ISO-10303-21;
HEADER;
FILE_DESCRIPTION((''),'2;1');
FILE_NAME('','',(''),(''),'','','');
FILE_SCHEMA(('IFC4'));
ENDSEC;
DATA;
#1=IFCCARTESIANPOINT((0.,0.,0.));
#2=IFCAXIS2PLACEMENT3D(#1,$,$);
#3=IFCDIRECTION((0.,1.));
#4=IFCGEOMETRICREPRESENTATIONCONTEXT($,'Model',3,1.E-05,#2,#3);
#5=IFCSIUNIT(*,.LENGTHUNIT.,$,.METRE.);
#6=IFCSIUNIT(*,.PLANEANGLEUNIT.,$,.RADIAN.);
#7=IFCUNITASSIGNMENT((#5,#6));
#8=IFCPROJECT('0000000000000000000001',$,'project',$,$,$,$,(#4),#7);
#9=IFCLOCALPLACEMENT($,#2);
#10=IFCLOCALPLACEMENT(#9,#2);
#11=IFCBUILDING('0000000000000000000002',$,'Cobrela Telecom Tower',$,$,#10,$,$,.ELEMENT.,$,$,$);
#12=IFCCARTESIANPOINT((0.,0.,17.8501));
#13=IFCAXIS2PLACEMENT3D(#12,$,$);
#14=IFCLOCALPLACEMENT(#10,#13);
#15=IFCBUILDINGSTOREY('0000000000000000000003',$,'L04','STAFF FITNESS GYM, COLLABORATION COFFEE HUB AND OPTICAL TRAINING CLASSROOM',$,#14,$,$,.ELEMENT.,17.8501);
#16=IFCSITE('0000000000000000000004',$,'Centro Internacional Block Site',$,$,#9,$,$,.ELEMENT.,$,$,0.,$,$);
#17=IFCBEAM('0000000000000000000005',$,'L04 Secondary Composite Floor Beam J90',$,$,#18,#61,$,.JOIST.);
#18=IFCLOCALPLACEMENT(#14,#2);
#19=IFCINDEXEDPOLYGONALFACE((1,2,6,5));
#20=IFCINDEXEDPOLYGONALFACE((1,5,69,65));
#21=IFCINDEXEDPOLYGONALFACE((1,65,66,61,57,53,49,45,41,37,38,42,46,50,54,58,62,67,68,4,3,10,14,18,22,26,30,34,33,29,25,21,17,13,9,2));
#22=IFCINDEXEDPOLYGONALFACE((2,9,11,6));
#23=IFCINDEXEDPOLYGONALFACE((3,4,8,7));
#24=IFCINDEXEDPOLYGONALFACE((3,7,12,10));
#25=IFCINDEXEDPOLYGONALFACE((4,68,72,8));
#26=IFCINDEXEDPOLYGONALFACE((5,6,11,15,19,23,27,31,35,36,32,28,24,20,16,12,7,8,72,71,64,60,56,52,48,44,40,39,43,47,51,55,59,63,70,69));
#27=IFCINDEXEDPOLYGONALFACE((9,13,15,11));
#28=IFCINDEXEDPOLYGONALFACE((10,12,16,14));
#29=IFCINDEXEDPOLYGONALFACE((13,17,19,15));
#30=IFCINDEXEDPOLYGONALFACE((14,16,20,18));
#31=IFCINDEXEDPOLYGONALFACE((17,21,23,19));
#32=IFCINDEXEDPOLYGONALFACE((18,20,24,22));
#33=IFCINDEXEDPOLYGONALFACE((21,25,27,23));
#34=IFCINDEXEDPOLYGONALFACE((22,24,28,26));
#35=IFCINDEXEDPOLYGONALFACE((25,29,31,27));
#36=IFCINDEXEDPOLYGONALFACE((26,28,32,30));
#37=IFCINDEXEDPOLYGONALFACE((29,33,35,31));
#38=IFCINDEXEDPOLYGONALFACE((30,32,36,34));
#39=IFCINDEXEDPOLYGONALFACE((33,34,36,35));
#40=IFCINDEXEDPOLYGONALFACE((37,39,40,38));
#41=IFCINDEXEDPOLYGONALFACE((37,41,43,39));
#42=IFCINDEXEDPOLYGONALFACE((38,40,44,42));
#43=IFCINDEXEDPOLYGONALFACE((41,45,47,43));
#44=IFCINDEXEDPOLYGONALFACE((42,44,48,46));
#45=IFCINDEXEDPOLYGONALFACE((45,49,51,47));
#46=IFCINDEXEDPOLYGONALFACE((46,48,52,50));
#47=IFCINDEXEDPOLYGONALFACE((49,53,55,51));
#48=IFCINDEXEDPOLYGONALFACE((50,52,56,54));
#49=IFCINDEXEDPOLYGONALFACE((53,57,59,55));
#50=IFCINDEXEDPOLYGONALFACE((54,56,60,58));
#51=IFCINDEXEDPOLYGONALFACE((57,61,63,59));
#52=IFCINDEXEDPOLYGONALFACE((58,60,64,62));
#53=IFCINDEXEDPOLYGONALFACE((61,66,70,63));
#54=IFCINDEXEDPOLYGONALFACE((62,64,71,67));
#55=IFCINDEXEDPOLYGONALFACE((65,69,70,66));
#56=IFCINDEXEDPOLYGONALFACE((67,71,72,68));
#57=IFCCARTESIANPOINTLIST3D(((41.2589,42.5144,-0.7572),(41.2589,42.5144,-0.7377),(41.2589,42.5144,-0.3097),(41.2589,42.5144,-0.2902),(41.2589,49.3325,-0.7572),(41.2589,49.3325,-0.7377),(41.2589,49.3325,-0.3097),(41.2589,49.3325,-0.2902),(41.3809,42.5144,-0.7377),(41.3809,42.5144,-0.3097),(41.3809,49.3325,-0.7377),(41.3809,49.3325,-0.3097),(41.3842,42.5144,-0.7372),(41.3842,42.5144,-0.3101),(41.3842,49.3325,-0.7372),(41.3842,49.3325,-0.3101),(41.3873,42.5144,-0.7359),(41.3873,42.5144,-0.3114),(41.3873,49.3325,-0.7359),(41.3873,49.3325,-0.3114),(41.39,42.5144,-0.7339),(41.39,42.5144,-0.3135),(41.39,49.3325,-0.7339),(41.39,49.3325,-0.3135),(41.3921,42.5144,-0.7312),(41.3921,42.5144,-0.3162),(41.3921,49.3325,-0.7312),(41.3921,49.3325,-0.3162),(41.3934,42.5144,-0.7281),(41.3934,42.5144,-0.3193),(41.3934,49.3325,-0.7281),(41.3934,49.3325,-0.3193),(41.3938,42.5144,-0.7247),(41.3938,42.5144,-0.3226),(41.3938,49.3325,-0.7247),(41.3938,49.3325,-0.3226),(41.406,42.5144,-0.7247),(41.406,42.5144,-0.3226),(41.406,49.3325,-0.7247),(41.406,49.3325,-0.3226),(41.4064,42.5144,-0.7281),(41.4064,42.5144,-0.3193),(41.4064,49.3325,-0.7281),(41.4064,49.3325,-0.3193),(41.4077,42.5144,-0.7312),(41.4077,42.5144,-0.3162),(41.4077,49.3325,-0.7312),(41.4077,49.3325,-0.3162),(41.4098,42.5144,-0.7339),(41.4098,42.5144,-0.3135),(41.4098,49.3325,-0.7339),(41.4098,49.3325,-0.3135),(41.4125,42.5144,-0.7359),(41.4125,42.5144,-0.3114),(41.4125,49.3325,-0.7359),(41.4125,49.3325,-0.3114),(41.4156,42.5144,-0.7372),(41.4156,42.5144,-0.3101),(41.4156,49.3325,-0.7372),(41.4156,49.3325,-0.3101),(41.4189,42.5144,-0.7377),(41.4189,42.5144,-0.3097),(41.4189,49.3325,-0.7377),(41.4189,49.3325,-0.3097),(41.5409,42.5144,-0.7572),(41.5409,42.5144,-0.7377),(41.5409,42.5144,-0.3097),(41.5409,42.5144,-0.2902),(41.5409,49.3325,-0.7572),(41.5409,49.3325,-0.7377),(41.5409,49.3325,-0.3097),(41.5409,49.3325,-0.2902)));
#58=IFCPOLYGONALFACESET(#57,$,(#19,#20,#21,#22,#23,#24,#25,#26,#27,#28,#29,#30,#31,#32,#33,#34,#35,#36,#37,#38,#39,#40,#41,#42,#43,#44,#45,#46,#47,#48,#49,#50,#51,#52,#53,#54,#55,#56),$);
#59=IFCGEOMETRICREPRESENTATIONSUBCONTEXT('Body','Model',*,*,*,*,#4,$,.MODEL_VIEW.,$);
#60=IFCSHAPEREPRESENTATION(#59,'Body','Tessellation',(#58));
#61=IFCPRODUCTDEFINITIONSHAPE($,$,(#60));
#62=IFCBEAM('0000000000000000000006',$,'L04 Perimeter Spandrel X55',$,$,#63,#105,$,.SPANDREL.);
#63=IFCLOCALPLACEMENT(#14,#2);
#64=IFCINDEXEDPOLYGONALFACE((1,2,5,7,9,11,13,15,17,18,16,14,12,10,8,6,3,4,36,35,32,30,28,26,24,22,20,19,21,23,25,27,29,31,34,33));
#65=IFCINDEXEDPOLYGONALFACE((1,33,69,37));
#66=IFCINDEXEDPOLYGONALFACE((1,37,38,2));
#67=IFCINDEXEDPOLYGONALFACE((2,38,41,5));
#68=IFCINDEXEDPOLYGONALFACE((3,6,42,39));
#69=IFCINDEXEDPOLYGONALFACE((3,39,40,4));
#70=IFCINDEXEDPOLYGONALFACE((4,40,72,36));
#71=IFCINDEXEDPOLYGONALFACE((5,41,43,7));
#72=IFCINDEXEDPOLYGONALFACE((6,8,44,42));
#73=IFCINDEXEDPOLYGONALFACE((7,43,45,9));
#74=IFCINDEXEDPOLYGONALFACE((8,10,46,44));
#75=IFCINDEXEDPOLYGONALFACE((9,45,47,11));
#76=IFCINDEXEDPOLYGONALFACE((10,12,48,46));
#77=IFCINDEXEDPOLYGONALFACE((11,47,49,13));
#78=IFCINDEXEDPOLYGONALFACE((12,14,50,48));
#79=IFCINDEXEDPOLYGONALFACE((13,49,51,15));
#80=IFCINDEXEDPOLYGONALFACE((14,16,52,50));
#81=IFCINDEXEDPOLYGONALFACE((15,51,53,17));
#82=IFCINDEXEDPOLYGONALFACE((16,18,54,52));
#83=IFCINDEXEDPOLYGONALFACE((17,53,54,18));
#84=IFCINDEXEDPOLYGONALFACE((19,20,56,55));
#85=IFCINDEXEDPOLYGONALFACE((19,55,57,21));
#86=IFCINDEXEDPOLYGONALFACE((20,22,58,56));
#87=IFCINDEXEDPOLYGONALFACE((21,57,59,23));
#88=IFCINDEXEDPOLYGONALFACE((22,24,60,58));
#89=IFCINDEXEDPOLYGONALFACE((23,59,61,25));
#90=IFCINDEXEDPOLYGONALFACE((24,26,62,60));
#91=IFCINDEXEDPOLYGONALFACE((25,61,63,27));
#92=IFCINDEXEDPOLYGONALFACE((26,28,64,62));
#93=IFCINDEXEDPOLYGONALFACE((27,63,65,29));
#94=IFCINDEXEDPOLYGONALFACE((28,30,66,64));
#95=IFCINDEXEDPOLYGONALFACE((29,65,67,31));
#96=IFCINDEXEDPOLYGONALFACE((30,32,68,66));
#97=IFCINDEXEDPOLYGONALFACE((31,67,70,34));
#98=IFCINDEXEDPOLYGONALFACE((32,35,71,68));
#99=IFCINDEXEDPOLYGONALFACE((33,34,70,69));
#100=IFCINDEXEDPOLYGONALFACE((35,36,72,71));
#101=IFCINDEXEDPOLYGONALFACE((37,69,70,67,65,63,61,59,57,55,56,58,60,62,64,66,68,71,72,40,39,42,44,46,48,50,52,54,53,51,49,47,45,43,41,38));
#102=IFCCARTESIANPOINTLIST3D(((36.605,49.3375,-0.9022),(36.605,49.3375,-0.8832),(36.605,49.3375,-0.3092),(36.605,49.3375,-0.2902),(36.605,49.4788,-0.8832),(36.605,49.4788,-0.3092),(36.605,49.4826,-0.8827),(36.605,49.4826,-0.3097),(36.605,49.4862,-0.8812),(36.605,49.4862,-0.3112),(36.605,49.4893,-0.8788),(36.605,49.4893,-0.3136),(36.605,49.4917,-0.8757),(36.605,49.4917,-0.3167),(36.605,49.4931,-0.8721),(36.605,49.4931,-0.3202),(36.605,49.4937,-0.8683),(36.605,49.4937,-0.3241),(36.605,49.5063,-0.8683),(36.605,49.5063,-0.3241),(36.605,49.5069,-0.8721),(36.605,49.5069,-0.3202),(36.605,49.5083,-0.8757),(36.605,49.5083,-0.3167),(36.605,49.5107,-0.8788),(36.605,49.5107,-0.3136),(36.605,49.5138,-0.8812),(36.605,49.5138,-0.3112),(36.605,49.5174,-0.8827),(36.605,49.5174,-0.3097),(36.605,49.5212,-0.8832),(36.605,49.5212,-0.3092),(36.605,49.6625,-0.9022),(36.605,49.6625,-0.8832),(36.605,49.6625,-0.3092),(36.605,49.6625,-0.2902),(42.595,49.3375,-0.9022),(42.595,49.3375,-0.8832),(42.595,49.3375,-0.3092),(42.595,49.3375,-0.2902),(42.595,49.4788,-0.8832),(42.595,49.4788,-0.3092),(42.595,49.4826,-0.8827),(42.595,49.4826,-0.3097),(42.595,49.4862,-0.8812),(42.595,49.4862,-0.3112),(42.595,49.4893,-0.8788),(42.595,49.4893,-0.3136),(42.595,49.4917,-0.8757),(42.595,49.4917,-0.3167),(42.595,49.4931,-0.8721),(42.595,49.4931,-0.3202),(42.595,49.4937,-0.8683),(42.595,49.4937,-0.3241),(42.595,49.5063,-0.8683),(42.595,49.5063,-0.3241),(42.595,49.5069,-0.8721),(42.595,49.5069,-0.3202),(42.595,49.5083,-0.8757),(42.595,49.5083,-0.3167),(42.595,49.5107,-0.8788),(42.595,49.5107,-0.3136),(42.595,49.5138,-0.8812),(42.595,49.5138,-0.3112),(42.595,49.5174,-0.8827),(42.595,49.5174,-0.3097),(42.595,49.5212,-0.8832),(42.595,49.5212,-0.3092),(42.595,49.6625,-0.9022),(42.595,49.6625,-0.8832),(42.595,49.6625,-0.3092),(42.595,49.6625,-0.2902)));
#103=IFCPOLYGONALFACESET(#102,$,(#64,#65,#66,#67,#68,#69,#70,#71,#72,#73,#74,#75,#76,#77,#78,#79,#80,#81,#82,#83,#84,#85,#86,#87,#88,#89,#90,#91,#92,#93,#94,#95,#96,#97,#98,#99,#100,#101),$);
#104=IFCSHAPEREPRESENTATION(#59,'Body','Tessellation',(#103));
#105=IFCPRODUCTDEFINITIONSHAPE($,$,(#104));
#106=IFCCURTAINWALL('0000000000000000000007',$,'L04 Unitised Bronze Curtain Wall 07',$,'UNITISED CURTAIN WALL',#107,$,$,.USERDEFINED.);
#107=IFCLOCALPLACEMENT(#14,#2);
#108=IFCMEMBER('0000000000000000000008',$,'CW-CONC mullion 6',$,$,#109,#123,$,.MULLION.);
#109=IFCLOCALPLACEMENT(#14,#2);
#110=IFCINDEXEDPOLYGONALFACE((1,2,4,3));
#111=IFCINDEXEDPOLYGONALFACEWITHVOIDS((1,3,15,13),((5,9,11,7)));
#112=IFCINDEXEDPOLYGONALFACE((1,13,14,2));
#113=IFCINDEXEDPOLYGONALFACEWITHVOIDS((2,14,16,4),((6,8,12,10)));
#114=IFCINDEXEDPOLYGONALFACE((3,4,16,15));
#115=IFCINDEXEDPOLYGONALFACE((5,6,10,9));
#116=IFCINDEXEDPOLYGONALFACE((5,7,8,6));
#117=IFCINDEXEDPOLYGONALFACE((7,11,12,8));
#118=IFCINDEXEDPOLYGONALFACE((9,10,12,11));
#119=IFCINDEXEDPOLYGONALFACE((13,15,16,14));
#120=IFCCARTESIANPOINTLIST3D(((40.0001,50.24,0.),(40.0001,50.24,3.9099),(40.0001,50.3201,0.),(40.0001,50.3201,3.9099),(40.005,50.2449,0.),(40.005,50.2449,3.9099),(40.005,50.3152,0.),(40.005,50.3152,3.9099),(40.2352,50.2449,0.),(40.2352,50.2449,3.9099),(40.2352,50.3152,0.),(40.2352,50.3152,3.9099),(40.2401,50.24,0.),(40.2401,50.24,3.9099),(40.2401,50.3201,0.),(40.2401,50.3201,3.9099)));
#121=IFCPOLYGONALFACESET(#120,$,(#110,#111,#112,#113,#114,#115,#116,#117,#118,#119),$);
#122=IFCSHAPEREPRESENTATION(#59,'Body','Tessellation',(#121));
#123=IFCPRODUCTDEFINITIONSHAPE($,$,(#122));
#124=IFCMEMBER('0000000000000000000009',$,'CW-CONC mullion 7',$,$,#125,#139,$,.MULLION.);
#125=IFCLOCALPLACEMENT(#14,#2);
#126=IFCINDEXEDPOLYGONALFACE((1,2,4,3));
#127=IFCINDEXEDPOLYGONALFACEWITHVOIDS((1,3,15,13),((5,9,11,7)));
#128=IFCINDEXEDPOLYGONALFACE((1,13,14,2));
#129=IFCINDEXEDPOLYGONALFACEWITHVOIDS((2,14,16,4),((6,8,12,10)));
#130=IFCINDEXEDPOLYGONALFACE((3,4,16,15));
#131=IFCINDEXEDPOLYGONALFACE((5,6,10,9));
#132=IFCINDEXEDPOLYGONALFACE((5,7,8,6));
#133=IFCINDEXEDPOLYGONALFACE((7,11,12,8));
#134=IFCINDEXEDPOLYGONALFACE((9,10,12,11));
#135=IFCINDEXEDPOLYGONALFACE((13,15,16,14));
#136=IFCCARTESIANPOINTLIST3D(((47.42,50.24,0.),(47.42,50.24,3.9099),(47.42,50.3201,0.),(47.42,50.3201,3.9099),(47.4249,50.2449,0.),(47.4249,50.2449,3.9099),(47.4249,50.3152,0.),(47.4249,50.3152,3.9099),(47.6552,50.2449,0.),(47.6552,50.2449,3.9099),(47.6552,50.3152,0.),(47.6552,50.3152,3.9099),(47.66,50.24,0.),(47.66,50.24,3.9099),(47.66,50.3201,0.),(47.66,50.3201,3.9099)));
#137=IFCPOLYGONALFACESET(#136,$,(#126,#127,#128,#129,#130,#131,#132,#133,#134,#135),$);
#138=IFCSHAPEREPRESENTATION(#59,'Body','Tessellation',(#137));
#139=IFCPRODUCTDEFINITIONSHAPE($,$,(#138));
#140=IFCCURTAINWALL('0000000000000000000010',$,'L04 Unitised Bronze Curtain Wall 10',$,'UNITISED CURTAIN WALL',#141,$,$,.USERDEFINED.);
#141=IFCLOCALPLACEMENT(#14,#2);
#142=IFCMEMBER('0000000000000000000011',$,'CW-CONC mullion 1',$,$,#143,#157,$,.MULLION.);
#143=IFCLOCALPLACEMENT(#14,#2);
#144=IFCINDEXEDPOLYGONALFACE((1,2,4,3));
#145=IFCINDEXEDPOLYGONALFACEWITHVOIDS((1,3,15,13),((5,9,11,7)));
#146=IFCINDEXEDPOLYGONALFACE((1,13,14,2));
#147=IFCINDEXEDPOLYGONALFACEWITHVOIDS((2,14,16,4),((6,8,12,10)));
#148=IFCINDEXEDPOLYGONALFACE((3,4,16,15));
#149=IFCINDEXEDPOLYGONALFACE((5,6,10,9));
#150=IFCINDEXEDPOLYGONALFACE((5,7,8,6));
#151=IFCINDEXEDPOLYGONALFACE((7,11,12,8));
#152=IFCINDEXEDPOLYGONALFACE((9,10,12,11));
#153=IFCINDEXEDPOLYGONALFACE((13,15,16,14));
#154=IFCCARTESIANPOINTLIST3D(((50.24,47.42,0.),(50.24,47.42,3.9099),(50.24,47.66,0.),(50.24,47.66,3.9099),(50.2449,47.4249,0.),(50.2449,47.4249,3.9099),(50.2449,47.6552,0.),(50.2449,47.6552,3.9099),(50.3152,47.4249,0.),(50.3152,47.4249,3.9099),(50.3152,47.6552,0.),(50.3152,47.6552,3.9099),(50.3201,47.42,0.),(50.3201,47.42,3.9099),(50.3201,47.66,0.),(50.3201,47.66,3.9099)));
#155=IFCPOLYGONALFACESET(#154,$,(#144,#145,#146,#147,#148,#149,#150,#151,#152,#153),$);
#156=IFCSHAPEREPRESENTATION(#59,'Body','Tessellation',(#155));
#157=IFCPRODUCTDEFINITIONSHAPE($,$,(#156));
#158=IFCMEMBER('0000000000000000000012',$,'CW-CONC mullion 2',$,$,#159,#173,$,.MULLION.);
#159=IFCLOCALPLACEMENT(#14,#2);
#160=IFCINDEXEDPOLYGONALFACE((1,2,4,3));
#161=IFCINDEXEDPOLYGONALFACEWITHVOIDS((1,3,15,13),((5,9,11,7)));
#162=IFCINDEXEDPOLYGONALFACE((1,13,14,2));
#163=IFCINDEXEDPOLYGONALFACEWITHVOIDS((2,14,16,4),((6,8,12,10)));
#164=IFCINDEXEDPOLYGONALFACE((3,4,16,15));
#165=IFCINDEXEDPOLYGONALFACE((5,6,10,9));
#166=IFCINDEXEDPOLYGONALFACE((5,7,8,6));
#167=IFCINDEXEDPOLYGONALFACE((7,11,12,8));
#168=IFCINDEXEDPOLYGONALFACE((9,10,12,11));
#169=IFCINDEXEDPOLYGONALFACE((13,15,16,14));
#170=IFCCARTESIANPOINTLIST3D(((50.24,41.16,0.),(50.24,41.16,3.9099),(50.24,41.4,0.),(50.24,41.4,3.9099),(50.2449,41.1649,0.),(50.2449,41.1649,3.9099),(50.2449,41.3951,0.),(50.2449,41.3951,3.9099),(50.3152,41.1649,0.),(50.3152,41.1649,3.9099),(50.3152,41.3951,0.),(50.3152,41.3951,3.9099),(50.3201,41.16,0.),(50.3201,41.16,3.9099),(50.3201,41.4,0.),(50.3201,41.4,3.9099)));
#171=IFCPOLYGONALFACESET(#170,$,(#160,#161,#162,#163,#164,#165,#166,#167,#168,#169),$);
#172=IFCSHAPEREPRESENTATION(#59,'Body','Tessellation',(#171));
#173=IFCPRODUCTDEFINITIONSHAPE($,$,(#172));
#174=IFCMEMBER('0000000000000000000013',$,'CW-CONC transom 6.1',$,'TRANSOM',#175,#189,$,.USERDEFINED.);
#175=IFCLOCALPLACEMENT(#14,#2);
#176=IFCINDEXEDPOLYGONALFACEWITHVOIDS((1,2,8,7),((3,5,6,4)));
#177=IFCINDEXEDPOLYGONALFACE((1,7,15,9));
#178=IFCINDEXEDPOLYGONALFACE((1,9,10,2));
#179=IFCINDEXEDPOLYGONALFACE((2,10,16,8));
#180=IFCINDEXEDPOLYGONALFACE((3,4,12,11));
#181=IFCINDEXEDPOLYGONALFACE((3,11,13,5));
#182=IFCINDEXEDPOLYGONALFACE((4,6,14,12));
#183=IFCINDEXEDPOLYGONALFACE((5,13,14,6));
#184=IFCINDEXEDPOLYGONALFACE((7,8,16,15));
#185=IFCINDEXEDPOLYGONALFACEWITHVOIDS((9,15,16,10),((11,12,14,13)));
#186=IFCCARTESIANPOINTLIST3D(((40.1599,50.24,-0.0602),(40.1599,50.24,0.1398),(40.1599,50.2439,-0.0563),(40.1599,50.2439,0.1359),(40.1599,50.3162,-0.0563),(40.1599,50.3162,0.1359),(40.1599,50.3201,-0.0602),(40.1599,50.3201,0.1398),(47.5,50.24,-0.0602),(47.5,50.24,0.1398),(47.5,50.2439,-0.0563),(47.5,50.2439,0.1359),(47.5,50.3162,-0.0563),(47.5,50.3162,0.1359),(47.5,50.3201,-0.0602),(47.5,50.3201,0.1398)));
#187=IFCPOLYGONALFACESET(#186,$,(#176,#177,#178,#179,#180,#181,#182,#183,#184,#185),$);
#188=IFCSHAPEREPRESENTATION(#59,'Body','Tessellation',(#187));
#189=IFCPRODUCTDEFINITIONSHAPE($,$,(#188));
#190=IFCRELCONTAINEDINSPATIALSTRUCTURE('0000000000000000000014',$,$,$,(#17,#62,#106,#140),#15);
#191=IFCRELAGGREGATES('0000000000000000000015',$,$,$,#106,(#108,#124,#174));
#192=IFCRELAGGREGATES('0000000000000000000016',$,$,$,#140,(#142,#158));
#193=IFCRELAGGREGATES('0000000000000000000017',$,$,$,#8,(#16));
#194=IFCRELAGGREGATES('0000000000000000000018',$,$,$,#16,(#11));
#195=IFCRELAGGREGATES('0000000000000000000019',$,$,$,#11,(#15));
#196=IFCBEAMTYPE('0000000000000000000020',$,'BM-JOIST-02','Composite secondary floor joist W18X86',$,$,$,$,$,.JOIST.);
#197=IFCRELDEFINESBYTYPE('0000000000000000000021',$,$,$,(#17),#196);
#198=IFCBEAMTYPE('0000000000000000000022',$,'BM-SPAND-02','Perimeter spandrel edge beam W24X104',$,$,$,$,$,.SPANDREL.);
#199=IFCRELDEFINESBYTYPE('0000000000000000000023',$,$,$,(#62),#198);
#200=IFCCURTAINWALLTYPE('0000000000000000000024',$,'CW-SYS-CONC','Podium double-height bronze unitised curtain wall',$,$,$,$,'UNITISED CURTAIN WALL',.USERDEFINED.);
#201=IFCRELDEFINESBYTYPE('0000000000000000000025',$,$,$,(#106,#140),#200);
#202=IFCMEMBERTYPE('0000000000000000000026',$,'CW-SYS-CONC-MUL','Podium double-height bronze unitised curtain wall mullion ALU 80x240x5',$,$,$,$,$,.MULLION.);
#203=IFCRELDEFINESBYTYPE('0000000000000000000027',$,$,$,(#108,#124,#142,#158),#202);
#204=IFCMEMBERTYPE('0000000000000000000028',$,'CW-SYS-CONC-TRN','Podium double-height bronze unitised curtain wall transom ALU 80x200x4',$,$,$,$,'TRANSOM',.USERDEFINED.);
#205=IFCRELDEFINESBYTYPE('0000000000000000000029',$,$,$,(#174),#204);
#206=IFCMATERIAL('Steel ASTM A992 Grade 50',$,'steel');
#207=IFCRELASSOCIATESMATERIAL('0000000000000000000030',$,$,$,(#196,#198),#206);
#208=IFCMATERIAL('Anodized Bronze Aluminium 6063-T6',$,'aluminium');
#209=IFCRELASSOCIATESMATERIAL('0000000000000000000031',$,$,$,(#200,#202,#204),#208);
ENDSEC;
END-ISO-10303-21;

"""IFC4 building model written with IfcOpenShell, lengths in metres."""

from ifc_helpers import new_model, si_unit, direction, frame, origin, origin_2d, place, context, subcontext, project, spatial, hollow_rectangle, i_section, extrude, material, material_profile, profile_set, type_object, element, aggregate, save


model = new_model("IFC4")

# Units and contexts
model_context = context("Model", 3, precision=1e-05, world=origin(), true_north=direction((0.0, 1.0)))
body_context = subcontext(model_context, "Body", "Model", "MODEL_VIEW")
ifc_project = project(units=[si_unit("LENGTHUNIT", "METRE"), si_unit("PLANEANGLEUNIT", "RADIAN")], contexts=[model_context])

# Site, building, storey
site_placement = place(None, origin())
site = spatial("IfcSite", under=ifc_project, at=site_placement, Name="Centro Internacional Block Site", CompositionType="ELEMENT", RefElevation=0.0)
building_placement = place(site_placement, origin())
building = spatial("IfcBuilding", under=site, at=building_placement, Name="Cobrela Telecom Tower", CompositionType="ELEMENT")
storey_placement = place(building_placement, frame((0.0, 0.0, 17.8501)))
storey = spatial("IfcBuildingStorey", under=building, at=storey_placement, Name="L04", Description="STAFF FITNESS GYM, COLLABORATION COFFEE HUB AND OPTICAL TRAINING CLASSROOM", CompositionType="ELEMENT", Elevation=17.8501)

# Beams
ifc_material_1 = material(Name="Steel ASTM A992 Grade 50", Category="steel")
ifc_material_profile_1 = material_profile(ifc_material_1, i_section(OverallWidth=0.282, OverallDepth=0.467, WebThickness=0.0122, FlangeThickness=0.0195, FilletRadius=0.0129, at=origin_2d()), Name="W18X86")
ifc_profile_set_1 = profile_set([ifc_material_profile_1], Name="Steel ASTM A992 Grade 50")
beam_type_1 = type_object("IfcBeamType", Name="BM-JOIST-02", Description="Composite secondary floor joist W18X86", PredefinedType="JOIST", material=ifc_profile_set_1)
beam_1_placement = place(storey_placement, frame((41.3999, 42.5144, -0.5237), z_axis=(0.0, 1.0, 0.0), x_axis=(-1.0, 0.0, 0.0)))
element("IfcBeam", 1, at=beam_1_placement, inside=storey, type_object=beam_type_1, Name="L04 Secondary Composite Floor Beam J90", PredefinedType="JOIST", context=body_context, shape_type="SweptSolid", body=[
    extrude(i_section(OverallWidth=0.282, OverallDepth=0.467, WebThickness=0.0122, FlangeThickness=0.0195, FilletRadius=0.0129, at=origin_2d()), origin(), (0.0, 0.0, 1.0), 6.8181),
])
ifc_material_profile_2 = material_profile(ifc_material_1, i_section(OverallWidth=0.325, OverallDepth=0.6121, WebThickness=0.0127, FlangeThickness=0.019, FilletRadius=0.0149, at=origin_2d()), Name="W24X104")
ifc_profile_set_2 = profile_set([ifc_material_profile_2], Name="Steel ASTM A992 Grade 50")
beam_type_2 = type_object("IfcBeamType", Name="BM-SPAND-02", Description="Perimeter spandrel edge beam W24X104", PredefinedType="SPANDREL", material=ifc_profile_set_2)
beam_2_placement = place(storey_placement, frame((36.605, 49.5, -0.5962), z_axis=(1.0, 0.0, 0.0), x_axis=(0.0, 1.0, 0.0)))
element("IfcBeam", 2, at=beam_2_placement, inside=storey, type_object=beam_type_2, Name="L04 Perimeter Spandrel X55", PredefinedType="SPANDREL", context=body_context, shape_type="SweptSolid", body=[
    extrude(i_section(OverallWidth=0.325, OverallDepth=0.6121, WebThickness=0.0127, FlangeThickness=0.019, FilletRadius=0.0149, at=origin_2d()), origin(), (0.0, 0.0, 1.0), 5.99),
])

# Curtain walls, members
ifc_material_2 = material(Name="Anodized Bronze Aluminium 6063-T6", Category="aluminium")
curtain_wall_type = type_object("IfcCurtainWallType", Name="CW-SYS-CONC", Description="Podium double-height bronze unitised curtain wall", ElementType="UNITISED CURTAIN WALL", PredefinedType="USERDEFINED", material=ifc_material_2)
curtain_wall_1_placement = place(storey_placement, origin())
curtain_wall_1 = element("IfcCurtainWall", 3, at=curtain_wall_1_placement, inside=storey, type_object=curtain_wall_type, Name="L04 Unitised Bronze Curtain Wall 07", ObjectType="UNITISED CURTAIN WALL", PredefinedType="USERDEFINED")
ifc_material_profile_3 = material_profile(ifc_material_2, hollow_rectangle(XDim=0.0801, YDim=0.24, WallThickness=0.0049, at=origin_2d()), Name="ALU 80x240x5")
ifc_profile_set_3 = profile_set([ifc_material_profile_3], Name="Anodized Bronze Aluminium 6063-T6")
member_type_1 = type_object("IfcMemberType", Name="CW-SYS-CONC-MUL", Description="Podium double-height bronze unitised curtain wall mullion ALU 80x240x5", PredefinedType="MULLION", material=ifc_profile_set_3)
member_1_placement = place(storey_placement, frame((40.1201, 50.28, 0.0), z_axis=(0.0, 0.0, 1.0), x_axis=(0.0, 1.0, 0.0)))
member_1 = element("IfcMember", 4, at=member_1_placement, type_object=member_type_1, Name="CW-CONC mullion 6", PredefinedType="MULLION", context=body_context, shape_type="SweptSolid", body=[
    extrude(hollow_rectangle(XDim=0.0801, YDim=0.24, WallThickness=0.0049, at=origin_2d()), origin(), (0.0, 0.0, 1.0), 3.9099),
])
member_2_placement = place(storey_placement, frame((47.54, 50.28, 0.0), z_axis=(0.0, 0.0, 1.0), x_axis=(0.0, 1.0, 0.0)))
member_2 = element("IfcMember", 5, at=member_2_placement, type_object=member_type_1, Name="CW-CONC mullion 7", PredefinedType="MULLION", context=body_context, shape_type="SweptSolid", body=[
    extrude(hollow_rectangle(XDim=0.0801, YDim=0.24, WallThickness=0.0049, at=origin_2d()), origin(), (0.0, 0.0, 1.0), 3.9099),
])
curtain_wall_2_placement = place(storey_placement, origin())
curtain_wall_2 = element("IfcCurtainWall", 6, at=curtain_wall_2_placement, inside=storey, type_object=curtain_wall_type, Name="L04 Unitised Bronze Curtain Wall 10", ObjectType="UNITISED CURTAIN WALL", PredefinedType="USERDEFINED")
member_3_placement = place(storey_placement, frame((50.28, 47.54, 0.0), z_axis=(0.0, 0.0, 1.0), x_axis=(1.0, 0.0, 0.0)))
member_3 = element("IfcMember", 7, at=member_3_placement, type_object=member_type_1, Name="CW-CONC mullion 1", PredefinedType="MULLION", context=body_context, shape_type="SweptSolid", body=[
    extrude(hollow_rectangle(XDim=0.0801, YDim=0.24, WallThickness=0.0049, at=origin_2d()), origin(), (0.0, 0.0, 1.0), 3.9099),
])
member_4_placement = place(storey_placement, frame((50.28, 41.28, 0.0), z_axis=(0.0, 0.0, 1.0), x_axis=(1.0, 0.0, 0.0)))
member_4 = element("IfcMember", 8, at=member_4_placement, type_object=member_type_1, Name="CW-CONC mullion 2", PredefinedType="MULLION", context=body_context, shape_type="SweptSolid", body=[
    extrude(hollow_rectangle(XDim=0.0801, YDim=0.24, WallThickness=0.0049, at=origin_2d()), origin(), (0.0, 0.0, 1.0), 3.9099),
])

# Member
ifc_material_profile_4 = material_profile(ifc_material_2, hollow_rectangle(XDim=0.0801, YDim=0.2, WallThickness=0.0039, at=origin_2d()), Name="ALU 80x200x4")
ifc_profile_set_4 = profile_set([ifc_material_profile_4], Name="Anodized Bronze Aluminium 6063-T6")
member_type_2 = type_object("IfcMemberType", Name="CW-SYS-CONC-TRN", Description="Podium double-height bronze unitised curtain wall transom ALU 80x200x4", ElementType="TRANSOM", PredefinedType="USERDEFINED", material=ifc_profile_set_4)
member_5_placement = place(storey_placement, frame((40.1599, 50.28, 0.0398), z_axis=(1.0, 0.0, 0.0), x_axis=(0.0, 1.0, 0.0)))
member_5 = element("IfcMember", 9, at=member_5_placement, type_object=member_type_2, Name="CW-CONC transom 6.1", ObjectType="TRANSOM", PredefinedType="USERDEFINED", context=body_context, shape_type="SweptSolid", body=[
    extrude(hollow_rectangle(XDim=0.0801, YDim=0.2, WallThickness=0.0039, at=origin_2d()), origin(), (0.0, 0.0, 1.0), 7.3401),
])

aggregate(curtain_wall_1, [member_1, member_2, member_5])
aggregate(curtain_wall_2, [member_3, member_4])

save(model, "model.ifc")
